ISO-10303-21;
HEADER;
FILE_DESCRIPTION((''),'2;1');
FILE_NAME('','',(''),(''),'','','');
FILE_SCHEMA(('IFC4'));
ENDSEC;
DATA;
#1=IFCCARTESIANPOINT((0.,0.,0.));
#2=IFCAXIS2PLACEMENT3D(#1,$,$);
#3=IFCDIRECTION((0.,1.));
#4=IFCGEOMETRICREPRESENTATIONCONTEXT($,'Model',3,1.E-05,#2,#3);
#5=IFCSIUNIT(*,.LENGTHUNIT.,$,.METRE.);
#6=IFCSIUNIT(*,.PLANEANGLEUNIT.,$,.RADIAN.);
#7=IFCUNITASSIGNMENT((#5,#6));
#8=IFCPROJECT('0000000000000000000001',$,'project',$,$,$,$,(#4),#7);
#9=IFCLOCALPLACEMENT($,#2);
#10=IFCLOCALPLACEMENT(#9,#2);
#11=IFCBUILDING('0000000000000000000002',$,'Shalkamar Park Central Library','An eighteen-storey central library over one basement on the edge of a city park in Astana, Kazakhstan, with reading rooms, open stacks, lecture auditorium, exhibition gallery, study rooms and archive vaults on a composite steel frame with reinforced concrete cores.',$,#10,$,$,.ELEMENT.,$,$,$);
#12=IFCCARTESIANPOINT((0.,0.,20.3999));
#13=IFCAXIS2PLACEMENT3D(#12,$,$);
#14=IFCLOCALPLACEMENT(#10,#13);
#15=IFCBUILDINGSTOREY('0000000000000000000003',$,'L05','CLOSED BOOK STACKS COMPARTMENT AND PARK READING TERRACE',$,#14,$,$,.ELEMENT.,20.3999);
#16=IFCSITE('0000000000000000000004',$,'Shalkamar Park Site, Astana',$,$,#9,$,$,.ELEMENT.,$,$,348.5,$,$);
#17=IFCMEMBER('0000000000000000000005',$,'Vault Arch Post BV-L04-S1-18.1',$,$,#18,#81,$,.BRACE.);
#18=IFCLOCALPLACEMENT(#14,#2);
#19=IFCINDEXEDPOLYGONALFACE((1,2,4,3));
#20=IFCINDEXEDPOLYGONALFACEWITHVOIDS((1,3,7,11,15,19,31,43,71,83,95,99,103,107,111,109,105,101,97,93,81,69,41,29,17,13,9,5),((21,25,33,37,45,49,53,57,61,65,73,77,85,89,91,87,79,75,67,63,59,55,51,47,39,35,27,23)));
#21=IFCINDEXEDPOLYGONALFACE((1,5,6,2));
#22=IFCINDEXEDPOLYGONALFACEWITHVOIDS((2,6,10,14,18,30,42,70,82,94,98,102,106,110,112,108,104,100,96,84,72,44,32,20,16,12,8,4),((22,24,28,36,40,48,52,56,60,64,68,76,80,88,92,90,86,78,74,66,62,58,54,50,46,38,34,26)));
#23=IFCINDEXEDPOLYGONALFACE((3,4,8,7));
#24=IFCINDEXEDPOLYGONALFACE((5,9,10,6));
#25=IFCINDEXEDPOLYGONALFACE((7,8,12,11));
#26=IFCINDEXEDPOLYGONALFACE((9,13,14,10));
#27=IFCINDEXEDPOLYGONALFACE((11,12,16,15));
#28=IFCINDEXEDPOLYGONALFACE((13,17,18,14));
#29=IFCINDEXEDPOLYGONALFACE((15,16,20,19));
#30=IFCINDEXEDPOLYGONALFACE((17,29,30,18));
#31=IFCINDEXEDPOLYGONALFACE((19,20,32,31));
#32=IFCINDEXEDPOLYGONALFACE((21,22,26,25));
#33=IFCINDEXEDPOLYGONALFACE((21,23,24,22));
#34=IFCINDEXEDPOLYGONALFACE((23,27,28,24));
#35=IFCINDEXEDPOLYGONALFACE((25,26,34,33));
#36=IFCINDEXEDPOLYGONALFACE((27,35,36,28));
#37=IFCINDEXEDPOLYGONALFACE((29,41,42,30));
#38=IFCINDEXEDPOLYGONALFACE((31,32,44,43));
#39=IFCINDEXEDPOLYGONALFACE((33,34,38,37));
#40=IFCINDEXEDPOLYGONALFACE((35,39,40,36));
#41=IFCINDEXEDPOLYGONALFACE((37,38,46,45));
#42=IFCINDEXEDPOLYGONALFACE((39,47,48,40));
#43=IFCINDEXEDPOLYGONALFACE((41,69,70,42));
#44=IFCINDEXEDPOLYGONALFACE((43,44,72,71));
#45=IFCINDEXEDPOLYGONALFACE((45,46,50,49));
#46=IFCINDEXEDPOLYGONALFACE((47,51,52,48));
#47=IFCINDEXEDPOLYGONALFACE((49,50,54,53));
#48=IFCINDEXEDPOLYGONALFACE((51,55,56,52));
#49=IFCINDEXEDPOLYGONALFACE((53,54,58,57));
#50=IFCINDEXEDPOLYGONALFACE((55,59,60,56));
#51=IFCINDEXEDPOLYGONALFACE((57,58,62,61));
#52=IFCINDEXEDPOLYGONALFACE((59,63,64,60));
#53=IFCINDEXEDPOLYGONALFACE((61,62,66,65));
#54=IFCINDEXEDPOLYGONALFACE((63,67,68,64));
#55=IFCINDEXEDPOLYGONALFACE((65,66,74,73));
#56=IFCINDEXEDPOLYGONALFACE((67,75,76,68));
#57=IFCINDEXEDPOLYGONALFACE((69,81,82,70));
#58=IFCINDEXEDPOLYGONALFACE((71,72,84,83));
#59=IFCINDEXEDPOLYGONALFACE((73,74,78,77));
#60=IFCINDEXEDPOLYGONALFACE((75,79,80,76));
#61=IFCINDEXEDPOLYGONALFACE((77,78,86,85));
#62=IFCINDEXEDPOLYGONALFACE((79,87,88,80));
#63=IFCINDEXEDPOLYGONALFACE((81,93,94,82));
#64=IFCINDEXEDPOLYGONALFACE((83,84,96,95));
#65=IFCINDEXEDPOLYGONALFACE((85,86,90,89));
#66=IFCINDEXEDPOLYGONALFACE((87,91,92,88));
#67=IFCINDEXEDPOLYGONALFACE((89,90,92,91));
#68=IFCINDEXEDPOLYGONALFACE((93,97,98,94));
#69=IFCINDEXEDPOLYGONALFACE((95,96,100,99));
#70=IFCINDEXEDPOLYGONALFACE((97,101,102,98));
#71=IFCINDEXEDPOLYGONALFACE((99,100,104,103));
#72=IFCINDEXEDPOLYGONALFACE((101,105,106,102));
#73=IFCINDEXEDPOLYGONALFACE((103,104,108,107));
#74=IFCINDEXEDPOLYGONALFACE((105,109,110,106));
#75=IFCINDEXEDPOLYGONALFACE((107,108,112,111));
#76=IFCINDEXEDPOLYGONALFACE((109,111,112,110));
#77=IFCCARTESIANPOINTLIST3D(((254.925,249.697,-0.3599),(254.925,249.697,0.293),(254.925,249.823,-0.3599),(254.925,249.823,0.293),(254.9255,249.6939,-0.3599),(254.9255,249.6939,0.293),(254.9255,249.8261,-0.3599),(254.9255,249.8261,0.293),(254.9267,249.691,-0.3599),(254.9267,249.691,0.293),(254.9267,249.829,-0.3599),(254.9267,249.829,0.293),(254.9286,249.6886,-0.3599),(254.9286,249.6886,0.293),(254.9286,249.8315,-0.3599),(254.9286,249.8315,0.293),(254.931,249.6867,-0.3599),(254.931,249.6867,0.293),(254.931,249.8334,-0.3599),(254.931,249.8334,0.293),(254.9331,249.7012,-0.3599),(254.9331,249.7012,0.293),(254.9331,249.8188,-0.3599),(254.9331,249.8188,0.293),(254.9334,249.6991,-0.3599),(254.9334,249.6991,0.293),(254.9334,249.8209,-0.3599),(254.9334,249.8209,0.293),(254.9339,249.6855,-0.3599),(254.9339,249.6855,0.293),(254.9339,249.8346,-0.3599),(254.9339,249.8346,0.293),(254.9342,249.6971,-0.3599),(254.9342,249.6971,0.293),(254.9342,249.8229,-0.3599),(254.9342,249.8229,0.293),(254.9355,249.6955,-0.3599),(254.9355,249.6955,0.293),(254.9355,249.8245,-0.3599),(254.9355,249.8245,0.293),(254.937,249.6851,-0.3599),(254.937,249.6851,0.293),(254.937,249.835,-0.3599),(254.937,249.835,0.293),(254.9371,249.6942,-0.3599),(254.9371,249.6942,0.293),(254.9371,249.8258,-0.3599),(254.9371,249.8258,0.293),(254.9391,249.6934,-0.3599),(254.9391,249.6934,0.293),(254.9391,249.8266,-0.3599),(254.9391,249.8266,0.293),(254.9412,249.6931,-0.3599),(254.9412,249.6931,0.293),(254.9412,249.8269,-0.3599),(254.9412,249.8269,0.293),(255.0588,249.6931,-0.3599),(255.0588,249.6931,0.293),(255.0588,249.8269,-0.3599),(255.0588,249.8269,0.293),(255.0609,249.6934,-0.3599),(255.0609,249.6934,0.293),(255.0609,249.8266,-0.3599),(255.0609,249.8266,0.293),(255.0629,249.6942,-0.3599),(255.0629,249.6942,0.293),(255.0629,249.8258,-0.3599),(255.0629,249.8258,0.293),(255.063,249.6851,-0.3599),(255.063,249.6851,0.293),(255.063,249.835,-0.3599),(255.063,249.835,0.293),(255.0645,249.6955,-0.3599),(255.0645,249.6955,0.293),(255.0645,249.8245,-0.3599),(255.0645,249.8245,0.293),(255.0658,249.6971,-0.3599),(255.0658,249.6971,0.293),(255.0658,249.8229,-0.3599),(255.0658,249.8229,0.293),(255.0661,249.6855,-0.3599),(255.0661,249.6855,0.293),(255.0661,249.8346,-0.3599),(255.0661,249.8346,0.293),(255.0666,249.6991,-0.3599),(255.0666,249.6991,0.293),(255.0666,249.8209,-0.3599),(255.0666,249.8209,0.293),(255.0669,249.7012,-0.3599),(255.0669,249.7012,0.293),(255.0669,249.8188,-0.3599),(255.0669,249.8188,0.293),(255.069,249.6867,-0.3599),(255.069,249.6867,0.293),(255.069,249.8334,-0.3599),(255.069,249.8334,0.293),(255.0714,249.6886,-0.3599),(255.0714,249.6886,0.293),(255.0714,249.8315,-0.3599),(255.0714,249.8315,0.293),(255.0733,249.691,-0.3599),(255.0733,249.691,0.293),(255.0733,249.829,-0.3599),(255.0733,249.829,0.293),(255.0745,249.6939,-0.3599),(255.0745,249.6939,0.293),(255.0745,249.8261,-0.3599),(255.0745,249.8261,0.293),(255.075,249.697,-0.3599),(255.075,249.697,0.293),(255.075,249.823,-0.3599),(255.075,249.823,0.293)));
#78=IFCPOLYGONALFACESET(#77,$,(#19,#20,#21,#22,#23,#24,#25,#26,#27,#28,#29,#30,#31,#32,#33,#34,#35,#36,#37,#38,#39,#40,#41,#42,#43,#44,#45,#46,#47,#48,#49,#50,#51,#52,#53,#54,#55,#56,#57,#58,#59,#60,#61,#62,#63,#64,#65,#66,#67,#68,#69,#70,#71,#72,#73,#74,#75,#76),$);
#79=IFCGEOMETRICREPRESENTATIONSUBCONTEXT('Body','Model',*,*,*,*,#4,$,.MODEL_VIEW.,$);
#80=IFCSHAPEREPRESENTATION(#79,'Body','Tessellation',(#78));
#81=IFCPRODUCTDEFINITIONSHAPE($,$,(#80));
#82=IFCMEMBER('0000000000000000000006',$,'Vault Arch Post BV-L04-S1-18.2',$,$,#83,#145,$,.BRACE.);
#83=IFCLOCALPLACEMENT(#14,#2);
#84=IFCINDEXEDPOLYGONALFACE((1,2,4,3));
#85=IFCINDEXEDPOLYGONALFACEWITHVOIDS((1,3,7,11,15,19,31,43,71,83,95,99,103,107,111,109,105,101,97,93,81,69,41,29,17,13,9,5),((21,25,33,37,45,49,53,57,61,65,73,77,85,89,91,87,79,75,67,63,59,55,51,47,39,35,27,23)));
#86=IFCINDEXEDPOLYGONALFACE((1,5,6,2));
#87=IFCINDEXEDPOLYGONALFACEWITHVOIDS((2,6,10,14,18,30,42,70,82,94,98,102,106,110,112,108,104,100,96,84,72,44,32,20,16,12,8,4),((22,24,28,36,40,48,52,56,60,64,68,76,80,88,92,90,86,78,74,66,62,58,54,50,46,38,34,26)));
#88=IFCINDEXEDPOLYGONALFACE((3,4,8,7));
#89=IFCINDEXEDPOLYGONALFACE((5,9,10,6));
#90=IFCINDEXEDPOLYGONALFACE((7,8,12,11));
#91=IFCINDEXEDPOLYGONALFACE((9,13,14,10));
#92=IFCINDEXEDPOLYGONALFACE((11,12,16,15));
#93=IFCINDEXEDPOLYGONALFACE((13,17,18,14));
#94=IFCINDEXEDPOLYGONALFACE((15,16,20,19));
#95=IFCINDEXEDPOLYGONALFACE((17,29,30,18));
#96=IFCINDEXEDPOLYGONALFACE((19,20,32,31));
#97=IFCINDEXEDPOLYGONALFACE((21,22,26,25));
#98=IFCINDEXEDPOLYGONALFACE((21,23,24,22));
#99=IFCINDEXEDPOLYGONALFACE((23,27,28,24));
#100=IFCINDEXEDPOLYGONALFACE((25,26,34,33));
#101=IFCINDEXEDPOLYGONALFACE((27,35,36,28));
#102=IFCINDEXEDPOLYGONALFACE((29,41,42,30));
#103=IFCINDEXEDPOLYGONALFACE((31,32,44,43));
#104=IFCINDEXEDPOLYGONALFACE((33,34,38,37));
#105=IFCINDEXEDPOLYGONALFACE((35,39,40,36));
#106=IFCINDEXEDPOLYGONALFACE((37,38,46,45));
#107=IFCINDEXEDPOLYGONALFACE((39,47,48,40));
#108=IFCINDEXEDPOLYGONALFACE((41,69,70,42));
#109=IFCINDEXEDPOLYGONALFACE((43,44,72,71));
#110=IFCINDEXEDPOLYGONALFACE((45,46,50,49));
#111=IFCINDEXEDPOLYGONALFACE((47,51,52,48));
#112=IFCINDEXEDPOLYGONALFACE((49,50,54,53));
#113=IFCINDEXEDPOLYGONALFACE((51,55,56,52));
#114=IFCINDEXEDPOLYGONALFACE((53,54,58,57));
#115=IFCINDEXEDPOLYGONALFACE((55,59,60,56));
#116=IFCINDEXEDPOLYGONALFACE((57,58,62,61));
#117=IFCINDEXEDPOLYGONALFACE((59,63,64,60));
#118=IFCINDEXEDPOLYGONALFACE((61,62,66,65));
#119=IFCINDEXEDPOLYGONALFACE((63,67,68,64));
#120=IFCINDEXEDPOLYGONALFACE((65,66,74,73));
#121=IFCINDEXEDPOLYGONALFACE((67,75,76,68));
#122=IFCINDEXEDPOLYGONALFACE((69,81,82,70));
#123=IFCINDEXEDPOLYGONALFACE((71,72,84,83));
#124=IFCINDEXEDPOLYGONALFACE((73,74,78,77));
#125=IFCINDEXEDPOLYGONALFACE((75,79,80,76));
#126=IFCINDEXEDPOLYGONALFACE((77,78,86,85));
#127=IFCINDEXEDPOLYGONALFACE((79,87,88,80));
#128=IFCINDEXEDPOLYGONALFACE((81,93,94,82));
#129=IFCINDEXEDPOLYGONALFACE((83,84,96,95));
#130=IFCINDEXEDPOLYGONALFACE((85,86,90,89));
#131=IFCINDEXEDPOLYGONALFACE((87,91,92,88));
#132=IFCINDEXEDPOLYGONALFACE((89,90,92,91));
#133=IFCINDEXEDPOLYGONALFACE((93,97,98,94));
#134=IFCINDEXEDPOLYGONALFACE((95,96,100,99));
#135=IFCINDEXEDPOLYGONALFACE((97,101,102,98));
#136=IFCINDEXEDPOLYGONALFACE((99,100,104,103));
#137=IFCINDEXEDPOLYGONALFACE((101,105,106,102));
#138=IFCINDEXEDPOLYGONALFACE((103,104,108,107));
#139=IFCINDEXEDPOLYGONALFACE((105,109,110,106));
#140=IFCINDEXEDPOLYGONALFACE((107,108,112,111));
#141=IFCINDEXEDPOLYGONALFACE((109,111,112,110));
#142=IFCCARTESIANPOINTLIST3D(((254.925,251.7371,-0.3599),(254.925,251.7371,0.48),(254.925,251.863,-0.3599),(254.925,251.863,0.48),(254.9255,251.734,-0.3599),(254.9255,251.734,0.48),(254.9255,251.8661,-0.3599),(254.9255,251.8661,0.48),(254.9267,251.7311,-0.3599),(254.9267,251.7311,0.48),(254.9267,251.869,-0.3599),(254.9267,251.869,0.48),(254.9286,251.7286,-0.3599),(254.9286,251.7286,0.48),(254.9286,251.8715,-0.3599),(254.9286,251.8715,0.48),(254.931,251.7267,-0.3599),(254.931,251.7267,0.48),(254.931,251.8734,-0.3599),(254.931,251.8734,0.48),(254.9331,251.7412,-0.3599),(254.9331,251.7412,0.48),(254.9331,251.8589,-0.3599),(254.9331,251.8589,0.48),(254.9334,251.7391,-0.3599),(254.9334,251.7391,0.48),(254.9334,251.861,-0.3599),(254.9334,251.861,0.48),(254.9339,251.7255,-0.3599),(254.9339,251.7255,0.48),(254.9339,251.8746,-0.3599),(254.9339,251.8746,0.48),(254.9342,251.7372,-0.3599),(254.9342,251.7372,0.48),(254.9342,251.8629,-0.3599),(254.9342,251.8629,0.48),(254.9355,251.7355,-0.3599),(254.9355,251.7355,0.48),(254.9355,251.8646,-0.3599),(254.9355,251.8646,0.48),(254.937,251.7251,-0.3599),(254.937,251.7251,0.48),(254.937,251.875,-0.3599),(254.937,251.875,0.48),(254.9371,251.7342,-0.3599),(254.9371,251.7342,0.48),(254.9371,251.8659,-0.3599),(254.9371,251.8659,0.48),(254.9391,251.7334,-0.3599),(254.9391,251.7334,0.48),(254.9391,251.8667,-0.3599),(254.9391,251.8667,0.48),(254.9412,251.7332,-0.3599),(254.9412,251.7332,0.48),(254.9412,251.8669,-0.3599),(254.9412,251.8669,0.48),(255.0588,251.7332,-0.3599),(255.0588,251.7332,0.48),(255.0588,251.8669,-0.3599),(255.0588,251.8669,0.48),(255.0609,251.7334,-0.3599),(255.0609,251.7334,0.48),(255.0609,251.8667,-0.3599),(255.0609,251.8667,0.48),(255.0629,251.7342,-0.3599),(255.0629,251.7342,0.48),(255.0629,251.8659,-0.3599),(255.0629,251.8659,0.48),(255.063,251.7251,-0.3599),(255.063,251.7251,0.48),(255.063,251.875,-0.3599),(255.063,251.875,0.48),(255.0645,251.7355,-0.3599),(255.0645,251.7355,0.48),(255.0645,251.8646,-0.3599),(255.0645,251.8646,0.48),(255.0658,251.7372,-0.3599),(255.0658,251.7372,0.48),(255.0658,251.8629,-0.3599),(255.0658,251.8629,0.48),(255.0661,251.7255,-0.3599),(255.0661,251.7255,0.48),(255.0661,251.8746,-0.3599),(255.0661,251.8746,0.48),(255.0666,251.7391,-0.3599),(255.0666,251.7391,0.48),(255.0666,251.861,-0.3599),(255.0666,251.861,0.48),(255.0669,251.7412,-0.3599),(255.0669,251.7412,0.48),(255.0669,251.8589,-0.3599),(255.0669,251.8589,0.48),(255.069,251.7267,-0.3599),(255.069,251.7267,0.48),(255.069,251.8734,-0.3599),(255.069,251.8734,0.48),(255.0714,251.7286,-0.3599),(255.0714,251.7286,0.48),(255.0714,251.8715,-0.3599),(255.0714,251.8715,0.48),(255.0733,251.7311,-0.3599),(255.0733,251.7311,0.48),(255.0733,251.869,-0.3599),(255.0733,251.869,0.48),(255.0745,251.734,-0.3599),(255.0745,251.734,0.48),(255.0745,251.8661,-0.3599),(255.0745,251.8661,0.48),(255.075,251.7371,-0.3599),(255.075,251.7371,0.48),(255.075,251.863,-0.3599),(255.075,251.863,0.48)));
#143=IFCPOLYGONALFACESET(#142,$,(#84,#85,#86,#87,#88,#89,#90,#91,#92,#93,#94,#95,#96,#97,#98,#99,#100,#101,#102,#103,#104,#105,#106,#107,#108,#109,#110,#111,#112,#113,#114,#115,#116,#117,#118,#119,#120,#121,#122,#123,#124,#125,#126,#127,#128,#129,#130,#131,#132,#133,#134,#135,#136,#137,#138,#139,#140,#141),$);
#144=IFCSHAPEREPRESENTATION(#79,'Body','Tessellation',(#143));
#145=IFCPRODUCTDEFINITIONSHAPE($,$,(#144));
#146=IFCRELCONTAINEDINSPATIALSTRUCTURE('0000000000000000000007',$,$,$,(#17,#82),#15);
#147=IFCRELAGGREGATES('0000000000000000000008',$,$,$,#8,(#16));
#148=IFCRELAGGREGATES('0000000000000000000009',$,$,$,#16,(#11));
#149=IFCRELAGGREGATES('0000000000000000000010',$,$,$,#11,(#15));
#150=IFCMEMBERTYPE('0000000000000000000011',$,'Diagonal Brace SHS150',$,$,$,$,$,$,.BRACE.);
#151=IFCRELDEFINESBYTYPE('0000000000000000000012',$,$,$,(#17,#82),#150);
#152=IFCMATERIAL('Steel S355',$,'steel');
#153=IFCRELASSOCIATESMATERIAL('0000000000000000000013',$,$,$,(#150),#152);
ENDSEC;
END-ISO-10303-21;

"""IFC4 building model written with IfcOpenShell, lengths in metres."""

from ifc_helpers import new_model, si_unit, direction, frame, origin, origin_2d, place, context, subcontext, project, spatial, hollow_rectangle, extrude, material, material_profile, profile_set, type_object, element, save


model = new_model("IFC4")

# Units and contexts
model_context = context("Model", 3, precision=1e-05, world=origin(), true_north=direction((0.0, 1.0)))
body_context = subcontext(model_context, "Body", "Model", "MODEL_VIEW")
ifc_project = project(units=[si_unit("LENGTHUNIT", "METRE"), si_unit("PLANEANGLEUNIT", "RADIAN")], contexts=[model_context])

# Site, building, storey
site_placement = place(None, origin())
site = spatial("IfcSite", under=ifc_project, at=site_placement, Name="Shalkamar Park Site, Astana", CompositionType="ELEMENT", RefElevation=348.5)
building_placement = place(site_placement, origin())
building = spatial("IfcBuilding", under=site, at=building_placement, Name="Shalkamar Park Central Library", Description="An eighteen-storey central library over one basement on the edge of a city park in Astana, Kazakhstan, with reading rooms, open stacks, lecture auditorium, exhibition gallery, study rooms and archive vaults on a composite steel frame with reinforced concrete cores.", CompositionType="ELEMENT")
storey_placement = place(building_placement, frame((0.0, 0.0, 20.3999)))
storey = spatial("IfcBuildingStorey", under=building, at=storey_placement, Name="L05", Description="CLOSED BOOK STACKS COMPARTMENT AND PARK READING TERRACE", CompositionType="ELEMENT", Elevation=20.3999)

# Members
ifc_material = material(Name="Steel S355", Category="steel")
ifc_material_profile_1 = material_profile(ifc_material, hollow_rectangle(XDim=0.1499, YDim=0.1499, WallThickness=0.0081, InnerFilletRadius=0.0081, OuterFilletRadius=0.012, at=origin_2d()), Name="SHS 150x150x8")
ifc_profile_set_1 = profile_set([ifc_material_profile_1], Name="Steel S355")
member_type_1 = type_object("IfcMemberType", Name="Diagonal Brace SHS150", PredefinedType="BRACE", material=ifc_profile_set_1)
for number, where, z_axis, x_axis, name in (
    (1, (255.0, 249.76, -0.3599), (0.0, 0.0, 1.0), (1.0, 0.0, 0.0), "Vault Arch Post BV-L04-S1-18.1"),
):
    element("IfcMember", number, at=place(storey_placement, frame(where, z_axis=z_axis, x_axis=x_axis)), inside=storey, type_object=member_type_1, Name=name, PredefinedType="BRACE", context=body_context, shape_type="SweptSolid", body=[
        extrude(hollow_rectangle(XDim=0.1499, YDim=0.1499, WallThickness=0.0081, InnerFilletRadius=0.0081, OuterFilletRadius=0.012, at=origin_2d()), origin(), (0.0, 0.0, 1.0), 0.6528),
    ])
member_1_placement = place(storey_placement, frame((255.0, 251.8, -0.3599), z_axis=(0.0, 0.0, 1.0), x_axis=(1.0, 0.0, 0.0)))
element("IfcMember", 2, at=member_1_placement, inside=storey, type_object=member_type_1, Name="Vault Arch Post BV-L04-S1-18.2", PredefinedType="BRACE", context=body_context, shape_type="SweptSolid", body=[
    extrude(hollow_rectangle(XDim=0.1499, YDim=0.1499, WallThickness=0.0081, InnerFilletRadius=0.0081, OuterFilletRadius=0.012, at=origin_2d()), origin(), (0.0, 0.0, 1.0), 0.8398),
])

save(model, "model.ifc")
